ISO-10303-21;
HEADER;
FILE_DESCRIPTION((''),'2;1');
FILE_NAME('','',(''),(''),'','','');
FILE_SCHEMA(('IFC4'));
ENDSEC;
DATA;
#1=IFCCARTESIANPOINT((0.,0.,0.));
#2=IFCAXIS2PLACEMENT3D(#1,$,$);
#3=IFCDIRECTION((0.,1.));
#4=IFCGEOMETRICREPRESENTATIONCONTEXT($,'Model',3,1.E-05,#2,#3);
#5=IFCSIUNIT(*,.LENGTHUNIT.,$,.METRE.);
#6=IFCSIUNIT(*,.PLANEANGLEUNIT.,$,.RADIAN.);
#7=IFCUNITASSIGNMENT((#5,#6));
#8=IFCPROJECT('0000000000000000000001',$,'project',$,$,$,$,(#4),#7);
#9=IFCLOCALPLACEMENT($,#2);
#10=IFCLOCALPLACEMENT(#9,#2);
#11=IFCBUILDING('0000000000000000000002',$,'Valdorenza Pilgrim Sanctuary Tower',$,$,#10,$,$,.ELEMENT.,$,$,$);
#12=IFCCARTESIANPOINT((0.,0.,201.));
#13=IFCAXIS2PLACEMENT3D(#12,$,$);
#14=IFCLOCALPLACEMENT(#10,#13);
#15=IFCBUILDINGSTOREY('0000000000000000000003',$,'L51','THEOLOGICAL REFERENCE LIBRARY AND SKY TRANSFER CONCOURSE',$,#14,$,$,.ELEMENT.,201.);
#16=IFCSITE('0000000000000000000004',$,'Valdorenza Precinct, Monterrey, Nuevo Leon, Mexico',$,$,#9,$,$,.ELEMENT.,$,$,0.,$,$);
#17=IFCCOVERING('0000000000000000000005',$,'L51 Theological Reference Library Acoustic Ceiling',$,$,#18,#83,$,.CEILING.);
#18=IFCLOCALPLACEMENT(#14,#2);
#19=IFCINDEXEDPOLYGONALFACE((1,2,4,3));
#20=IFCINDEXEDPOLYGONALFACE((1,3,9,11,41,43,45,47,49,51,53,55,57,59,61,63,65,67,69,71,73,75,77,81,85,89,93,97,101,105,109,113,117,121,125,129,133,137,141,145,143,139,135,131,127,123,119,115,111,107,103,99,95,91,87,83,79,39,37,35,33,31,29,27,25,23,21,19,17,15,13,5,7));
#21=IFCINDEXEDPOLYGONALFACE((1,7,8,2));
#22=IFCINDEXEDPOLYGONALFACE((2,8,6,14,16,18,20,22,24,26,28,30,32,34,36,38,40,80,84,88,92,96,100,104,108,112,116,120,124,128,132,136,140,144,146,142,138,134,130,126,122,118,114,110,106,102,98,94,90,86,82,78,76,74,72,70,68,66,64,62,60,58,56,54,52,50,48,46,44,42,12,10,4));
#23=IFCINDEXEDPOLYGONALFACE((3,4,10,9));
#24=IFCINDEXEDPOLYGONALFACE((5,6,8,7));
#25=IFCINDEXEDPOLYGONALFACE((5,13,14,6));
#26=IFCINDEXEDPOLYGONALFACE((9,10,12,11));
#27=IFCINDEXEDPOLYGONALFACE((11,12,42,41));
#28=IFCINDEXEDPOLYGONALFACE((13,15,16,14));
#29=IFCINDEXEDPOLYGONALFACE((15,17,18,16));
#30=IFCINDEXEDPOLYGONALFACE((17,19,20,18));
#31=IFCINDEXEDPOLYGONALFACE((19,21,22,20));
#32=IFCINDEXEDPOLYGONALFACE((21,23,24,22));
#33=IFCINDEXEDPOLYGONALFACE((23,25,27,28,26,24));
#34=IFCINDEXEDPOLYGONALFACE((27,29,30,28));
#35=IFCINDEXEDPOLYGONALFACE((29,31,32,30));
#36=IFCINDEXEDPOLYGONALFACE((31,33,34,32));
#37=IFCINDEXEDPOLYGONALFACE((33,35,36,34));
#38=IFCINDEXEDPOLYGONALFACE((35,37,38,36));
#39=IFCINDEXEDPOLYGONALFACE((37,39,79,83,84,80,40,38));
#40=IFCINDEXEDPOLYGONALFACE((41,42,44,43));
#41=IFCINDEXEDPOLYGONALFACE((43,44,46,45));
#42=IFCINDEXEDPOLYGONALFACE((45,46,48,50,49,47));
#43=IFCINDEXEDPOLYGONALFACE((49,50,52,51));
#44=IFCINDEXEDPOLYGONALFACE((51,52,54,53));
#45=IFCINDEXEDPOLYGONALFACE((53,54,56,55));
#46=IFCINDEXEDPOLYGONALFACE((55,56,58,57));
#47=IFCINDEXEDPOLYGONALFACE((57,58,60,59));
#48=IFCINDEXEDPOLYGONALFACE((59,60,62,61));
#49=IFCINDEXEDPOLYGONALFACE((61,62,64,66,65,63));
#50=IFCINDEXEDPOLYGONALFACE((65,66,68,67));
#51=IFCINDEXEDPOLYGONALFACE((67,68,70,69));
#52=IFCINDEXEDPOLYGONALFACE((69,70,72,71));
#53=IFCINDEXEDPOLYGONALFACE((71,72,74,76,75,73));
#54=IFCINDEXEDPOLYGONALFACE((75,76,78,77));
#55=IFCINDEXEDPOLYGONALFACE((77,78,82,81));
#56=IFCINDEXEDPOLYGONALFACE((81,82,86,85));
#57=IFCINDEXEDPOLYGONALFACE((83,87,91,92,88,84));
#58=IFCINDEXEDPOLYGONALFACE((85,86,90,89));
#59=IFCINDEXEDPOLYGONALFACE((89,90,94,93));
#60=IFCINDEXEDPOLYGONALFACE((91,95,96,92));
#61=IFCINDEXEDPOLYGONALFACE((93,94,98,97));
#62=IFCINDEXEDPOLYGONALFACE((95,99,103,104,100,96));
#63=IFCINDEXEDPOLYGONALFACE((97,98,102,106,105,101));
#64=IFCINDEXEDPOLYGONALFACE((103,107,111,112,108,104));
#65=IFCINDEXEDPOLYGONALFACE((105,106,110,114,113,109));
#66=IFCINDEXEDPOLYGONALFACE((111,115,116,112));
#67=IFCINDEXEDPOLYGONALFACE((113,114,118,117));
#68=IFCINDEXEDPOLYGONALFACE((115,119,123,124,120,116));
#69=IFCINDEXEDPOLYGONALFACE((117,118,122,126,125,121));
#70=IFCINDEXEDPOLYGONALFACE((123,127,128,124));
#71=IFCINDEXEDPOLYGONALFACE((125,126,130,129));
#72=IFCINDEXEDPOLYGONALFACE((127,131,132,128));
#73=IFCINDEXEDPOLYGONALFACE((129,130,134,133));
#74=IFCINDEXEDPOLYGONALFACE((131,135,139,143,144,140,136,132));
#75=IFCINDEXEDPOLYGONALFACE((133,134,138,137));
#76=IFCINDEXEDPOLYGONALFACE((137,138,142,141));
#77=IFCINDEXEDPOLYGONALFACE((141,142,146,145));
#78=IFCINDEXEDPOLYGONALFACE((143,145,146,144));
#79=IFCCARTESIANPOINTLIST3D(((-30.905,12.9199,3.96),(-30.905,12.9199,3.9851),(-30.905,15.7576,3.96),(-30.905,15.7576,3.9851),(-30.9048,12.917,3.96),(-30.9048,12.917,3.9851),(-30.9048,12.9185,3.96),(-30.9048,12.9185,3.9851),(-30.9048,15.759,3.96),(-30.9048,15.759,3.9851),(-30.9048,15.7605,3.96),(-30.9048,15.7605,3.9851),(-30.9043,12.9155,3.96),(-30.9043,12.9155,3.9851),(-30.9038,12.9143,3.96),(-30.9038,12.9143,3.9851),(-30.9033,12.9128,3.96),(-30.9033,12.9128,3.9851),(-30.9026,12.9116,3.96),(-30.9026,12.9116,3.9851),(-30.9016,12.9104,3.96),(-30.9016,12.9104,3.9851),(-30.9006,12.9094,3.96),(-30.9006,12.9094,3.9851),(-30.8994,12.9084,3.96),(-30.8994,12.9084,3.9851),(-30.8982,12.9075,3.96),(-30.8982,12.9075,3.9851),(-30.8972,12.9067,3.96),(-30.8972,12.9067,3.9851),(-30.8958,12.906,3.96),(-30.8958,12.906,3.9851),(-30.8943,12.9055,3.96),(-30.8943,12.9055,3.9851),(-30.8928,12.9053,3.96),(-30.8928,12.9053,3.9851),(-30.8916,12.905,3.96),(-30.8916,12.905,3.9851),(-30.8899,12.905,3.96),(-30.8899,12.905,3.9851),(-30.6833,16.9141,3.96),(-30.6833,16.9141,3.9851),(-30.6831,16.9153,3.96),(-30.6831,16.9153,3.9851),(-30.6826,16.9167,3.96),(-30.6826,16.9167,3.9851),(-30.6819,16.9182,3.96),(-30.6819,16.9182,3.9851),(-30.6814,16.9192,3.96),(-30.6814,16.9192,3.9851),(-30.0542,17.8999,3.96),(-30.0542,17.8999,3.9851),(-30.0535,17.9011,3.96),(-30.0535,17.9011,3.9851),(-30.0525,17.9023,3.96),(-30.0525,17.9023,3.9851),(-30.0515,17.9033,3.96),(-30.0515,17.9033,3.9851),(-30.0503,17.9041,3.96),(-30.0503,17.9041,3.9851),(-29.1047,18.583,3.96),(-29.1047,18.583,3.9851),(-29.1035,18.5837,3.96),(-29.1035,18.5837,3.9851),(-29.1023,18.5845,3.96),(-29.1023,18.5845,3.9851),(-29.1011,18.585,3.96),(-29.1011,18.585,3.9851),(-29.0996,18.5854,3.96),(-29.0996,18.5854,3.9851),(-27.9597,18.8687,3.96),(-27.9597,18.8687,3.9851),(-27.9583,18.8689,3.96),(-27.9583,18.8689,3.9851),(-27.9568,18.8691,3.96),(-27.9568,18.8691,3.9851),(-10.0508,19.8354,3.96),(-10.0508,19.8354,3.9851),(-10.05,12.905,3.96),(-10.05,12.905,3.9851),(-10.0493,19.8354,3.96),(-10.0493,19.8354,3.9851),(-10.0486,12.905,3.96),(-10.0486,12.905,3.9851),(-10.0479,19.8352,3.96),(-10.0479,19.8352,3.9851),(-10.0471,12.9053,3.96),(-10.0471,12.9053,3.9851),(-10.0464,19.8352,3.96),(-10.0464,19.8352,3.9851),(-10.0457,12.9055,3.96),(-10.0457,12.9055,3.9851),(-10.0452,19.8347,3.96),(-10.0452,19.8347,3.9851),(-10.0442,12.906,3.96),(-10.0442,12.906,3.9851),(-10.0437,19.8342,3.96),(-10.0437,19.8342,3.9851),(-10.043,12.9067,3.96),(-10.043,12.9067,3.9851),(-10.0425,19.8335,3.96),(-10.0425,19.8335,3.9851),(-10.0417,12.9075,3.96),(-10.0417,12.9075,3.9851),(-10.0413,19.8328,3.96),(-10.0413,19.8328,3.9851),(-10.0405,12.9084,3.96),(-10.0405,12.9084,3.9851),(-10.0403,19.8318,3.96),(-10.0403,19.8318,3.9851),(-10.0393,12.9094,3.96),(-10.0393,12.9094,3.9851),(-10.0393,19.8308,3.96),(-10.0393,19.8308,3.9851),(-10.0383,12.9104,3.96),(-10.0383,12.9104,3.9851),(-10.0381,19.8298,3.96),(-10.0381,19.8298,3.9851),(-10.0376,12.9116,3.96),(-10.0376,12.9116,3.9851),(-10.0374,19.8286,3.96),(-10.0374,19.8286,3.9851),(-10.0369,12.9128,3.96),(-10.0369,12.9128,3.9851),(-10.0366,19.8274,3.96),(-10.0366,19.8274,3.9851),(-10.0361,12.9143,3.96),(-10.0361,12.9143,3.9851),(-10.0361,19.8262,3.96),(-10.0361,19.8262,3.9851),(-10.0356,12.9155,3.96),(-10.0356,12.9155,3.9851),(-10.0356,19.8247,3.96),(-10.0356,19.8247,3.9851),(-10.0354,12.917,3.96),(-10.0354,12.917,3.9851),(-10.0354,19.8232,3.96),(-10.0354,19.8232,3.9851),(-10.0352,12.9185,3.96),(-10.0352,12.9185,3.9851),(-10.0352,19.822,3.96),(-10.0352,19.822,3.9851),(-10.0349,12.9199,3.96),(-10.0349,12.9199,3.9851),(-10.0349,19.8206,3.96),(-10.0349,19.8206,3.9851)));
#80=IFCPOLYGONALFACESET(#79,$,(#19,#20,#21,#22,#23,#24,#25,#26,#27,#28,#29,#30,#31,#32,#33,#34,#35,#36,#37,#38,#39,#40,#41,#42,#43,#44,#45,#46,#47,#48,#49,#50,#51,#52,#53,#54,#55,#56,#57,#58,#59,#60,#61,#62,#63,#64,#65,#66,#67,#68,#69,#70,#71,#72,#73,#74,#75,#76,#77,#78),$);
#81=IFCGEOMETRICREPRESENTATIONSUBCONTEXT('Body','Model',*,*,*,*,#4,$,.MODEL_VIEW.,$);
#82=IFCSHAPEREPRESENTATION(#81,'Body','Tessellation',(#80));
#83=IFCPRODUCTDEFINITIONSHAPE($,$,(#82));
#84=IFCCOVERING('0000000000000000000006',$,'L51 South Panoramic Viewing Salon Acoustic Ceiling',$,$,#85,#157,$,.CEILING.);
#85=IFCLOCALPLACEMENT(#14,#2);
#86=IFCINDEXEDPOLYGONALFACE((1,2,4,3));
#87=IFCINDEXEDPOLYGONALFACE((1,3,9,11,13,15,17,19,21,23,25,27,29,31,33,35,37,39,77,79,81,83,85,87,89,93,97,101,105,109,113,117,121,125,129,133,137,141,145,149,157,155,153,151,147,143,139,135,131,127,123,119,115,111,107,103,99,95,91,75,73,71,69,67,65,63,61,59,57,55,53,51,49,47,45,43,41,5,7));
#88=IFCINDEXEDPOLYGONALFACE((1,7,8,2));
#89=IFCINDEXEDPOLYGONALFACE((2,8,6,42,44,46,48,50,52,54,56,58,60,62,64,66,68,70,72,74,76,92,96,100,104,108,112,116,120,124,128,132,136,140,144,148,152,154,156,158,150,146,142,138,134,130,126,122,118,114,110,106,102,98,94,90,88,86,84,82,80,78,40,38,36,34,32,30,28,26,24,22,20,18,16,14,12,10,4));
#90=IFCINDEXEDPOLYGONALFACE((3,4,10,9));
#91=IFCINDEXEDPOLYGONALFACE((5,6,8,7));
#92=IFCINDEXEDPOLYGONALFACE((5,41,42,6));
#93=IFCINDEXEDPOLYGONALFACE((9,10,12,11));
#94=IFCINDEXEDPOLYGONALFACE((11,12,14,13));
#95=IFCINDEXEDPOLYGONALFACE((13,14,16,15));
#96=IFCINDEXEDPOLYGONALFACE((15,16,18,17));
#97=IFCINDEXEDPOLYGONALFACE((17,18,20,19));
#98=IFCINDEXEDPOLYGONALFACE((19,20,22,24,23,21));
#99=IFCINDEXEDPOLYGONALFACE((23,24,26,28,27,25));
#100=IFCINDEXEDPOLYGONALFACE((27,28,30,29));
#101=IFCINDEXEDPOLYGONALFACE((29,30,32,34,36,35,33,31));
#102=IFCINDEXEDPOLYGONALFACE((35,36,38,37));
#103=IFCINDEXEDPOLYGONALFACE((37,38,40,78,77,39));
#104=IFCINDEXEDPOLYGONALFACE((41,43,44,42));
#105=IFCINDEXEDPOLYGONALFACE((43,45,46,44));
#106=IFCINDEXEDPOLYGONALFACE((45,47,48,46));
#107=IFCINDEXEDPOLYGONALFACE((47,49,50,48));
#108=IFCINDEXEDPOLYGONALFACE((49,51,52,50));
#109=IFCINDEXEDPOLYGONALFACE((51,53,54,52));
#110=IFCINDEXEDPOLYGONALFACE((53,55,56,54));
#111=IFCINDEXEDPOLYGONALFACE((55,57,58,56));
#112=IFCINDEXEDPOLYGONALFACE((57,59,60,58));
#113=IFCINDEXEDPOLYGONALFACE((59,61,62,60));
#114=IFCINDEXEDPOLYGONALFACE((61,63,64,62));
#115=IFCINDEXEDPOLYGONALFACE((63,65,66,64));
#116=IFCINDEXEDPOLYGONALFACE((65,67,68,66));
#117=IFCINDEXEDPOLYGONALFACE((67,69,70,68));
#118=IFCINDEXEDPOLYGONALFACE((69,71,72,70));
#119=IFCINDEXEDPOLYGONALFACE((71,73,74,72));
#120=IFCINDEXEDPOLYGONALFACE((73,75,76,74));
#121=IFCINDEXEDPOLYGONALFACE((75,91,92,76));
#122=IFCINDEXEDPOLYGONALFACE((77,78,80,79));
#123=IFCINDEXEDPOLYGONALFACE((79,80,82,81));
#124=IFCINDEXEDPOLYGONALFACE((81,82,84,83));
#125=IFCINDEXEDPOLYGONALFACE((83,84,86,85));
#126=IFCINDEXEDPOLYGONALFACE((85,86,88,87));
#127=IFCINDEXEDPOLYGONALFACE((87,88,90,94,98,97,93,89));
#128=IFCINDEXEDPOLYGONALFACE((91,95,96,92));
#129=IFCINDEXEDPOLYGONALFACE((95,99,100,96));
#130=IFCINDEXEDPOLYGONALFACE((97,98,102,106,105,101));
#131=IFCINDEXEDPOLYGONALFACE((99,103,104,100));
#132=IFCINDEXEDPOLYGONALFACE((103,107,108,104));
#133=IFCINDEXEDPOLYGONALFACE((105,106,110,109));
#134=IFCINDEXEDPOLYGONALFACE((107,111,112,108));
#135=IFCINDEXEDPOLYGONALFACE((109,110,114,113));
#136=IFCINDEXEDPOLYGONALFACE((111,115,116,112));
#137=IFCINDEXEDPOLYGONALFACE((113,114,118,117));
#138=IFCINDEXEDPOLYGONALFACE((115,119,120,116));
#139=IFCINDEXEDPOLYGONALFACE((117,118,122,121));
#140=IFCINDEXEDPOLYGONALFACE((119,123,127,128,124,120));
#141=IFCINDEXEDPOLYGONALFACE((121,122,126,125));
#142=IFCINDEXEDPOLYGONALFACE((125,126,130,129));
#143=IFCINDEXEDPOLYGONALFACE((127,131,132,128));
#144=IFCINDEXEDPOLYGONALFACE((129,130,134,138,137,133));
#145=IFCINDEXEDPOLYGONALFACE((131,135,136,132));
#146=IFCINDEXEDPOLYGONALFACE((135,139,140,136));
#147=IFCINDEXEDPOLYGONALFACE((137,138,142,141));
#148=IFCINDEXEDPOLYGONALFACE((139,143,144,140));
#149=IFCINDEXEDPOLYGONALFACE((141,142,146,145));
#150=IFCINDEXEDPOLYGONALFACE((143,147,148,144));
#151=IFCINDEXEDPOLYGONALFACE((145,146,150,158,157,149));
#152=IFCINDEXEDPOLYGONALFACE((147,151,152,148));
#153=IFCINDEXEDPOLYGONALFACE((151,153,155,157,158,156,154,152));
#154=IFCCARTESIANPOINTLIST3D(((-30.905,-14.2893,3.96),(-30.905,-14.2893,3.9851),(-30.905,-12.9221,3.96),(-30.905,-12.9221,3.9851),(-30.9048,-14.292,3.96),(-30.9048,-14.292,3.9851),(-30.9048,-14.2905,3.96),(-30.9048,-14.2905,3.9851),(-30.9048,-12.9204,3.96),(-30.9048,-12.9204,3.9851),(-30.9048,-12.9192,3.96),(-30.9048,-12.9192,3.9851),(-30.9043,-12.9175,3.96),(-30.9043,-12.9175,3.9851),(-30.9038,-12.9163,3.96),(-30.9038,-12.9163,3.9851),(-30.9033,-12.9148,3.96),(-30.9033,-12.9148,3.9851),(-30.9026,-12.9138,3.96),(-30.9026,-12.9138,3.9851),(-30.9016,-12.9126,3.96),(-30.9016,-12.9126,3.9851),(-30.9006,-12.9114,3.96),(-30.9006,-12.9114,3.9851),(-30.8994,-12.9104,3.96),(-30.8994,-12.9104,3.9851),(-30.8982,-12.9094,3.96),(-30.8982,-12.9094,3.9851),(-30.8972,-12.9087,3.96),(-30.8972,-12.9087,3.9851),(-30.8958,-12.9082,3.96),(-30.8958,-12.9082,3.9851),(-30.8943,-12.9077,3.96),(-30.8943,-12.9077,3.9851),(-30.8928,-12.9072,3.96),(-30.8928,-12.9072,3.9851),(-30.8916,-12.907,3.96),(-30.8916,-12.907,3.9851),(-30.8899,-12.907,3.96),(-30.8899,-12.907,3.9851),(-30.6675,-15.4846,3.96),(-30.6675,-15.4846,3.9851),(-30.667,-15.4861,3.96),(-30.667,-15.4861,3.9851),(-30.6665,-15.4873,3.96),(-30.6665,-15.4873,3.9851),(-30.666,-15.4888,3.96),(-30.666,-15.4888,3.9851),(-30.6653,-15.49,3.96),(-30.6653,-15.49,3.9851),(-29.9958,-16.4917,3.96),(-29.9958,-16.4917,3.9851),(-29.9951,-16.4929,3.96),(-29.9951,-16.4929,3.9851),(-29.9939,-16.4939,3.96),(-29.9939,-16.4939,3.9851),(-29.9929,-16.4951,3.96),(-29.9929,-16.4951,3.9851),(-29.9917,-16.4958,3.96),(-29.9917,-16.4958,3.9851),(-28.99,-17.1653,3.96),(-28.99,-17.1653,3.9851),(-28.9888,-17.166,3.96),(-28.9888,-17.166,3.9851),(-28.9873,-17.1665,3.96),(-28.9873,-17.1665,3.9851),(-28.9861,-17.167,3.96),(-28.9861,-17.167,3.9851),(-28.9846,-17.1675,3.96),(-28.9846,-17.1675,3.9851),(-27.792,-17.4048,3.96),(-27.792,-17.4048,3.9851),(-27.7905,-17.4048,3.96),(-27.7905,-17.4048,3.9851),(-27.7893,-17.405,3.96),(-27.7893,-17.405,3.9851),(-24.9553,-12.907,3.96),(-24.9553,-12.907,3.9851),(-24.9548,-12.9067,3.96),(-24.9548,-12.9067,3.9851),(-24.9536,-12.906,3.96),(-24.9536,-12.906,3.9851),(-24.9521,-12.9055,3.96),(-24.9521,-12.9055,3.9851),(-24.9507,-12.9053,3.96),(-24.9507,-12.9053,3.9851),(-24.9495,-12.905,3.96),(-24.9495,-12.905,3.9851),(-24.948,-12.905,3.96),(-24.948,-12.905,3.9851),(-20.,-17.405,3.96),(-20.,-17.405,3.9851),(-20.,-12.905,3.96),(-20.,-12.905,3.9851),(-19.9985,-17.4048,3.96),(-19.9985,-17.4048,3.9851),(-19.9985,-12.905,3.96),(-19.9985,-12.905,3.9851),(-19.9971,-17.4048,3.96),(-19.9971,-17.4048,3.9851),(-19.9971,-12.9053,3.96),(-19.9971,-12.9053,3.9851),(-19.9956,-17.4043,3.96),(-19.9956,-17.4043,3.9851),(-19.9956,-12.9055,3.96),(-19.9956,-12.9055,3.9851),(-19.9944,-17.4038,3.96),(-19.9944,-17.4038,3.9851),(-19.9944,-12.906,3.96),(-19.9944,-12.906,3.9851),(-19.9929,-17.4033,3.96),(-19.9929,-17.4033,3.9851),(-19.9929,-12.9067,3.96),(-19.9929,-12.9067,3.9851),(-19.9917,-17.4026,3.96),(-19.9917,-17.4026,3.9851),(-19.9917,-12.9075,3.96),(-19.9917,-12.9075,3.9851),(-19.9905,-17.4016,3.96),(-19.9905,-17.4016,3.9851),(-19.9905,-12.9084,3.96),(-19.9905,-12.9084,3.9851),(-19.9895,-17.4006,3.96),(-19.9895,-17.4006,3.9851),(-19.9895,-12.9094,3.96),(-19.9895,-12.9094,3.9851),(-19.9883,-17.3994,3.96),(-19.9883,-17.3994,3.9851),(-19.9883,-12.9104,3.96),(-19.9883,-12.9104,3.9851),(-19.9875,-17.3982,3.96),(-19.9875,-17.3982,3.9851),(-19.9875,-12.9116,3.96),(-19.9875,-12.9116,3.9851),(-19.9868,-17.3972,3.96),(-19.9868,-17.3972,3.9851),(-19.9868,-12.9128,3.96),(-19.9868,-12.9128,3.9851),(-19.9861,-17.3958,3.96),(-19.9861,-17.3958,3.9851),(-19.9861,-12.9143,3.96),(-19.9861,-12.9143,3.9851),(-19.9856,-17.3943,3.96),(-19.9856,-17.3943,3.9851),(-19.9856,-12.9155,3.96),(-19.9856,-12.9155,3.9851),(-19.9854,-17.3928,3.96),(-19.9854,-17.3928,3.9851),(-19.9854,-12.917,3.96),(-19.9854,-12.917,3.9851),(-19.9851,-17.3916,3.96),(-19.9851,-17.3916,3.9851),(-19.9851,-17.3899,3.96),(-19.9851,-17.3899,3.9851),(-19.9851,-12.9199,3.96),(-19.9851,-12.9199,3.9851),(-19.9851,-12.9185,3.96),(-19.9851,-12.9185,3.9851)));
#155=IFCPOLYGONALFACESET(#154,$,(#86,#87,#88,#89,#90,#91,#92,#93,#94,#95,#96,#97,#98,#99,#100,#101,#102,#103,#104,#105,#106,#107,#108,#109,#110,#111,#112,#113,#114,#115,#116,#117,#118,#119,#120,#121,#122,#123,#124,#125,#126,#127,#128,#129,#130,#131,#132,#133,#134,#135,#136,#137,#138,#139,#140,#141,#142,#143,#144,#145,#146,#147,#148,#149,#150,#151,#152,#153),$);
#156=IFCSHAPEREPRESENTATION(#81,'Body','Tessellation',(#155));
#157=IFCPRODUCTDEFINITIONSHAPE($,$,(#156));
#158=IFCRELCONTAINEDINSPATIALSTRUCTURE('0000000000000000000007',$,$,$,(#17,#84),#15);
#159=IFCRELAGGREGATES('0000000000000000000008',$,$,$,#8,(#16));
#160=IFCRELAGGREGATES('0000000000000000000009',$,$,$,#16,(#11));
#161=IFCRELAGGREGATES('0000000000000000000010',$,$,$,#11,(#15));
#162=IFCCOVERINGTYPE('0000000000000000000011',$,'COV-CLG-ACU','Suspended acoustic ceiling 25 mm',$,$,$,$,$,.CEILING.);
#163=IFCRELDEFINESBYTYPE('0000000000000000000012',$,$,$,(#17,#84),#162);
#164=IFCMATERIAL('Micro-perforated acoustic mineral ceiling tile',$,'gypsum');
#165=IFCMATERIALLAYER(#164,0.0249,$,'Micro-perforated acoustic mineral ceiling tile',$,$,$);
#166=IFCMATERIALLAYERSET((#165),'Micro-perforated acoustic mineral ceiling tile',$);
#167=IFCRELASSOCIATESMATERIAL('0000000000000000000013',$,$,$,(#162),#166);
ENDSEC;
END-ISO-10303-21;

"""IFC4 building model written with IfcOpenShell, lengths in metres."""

from ifc_helpers import new_model, si_unit, direction, frame, origin, place, context, subcontext, project, spatial, polyline, outline, extrude, material, layer, layer_set, type_object, element, save


model = new_model("IFC4")

# Units and contexts
model_context = context("Model", 3, precision=1e-05, world=origin(), true_north=direction((0.0, 1.0)))
body_context = subcontext(model_context, "Body", "Model", "MODEL_VIEW")
ifc_project = project(units=[si_unit("LENGTHUNIT", "METRE"), si_unit("PLANEANGLEUNIT", "RADIAN")], contexts=[model_context])

# Site, building, storey
site_placement = place(None, origin())
site = spatial("IfcSite", under=ifc_project, at=site_placement, Name="Valdorenza Precinct, Monterrey, Nuevo Leon, Mexico", CompositionType="ELEMENT", RefElevation=0.0)
building_placement = place(site_placement, origin())
building = spatial("IfcBuilding", under=site, at=building_placement, Name="Valdorenza Pilgrim Sanctuary Tower", CompositionType="ELEMENT")
storey_placement = place(building_placement, frame((0.0, 0.0, 201.0)))
storey = spatial("IfcBuildingStorey", under=building, at=storey_placement, Name="L51", Description="THEOLOGICAL REFERENCE LIBRARY AND SKY TRANSFER CONCOURSE", CompositionType="ELEMENT", Elevation=201.0)

# Coverings
ifc_material_1 = material(Name="Micro-perforated acoustic mineral ceiling tile", Category="gypsum")
ifc_layer_1 = layer(ifc_material_1, 0.0249, Name="Micro-perforated acoustic mineral ceiling tile")
ifc_layer_set_1 = layer_set([ifc_layer_1], Name="Micro-perforated acoustic mineral ceiling tile")
covering_type_1 = type_object("IfcCoveringType", Name="COV-CLG-ACU", Description="Suspended acoustic ceiling 25 mm", PredefinedType="CEILING", material=ifc_layer_set_1)
covering_1_placement = place(storey_placement, frame((0.0, 0.0, 3.96)))
element("IfcCovering", 1, at=covering_1_placement, inside=storey, type_object=covering_type_1, Name="L51 Theological Reference Library Acoustic Ceiling", PredefinedType="CEILING", context=body_context, shape_type="SweptSolid", body=[
    extrude(outline(polyline([(-30.8899, 12.905), (-30.8916, 12.905), (-30.8928, 12.9053), (-30.8943, 12.9055), (-30.8958, 12.906), (-30.8972, 12.9067), (-30.8982, 12.9075), (-30.8994, 12.9084), (-30.9006, 12.9094), (-30.9016, 12.9104), (-30.9026, 12.9116), (-30.9033, 12.9128), (-30.9038, 12.9143), (-30.9043, 12.9155), (-30.9048, 12.917), (-30.9048, 12.9185), (-30.905, 12.9199), (-30.905, 15.7576), (-30.9048, 15.759), (-30.9048, 15.7605), (-30.6833, 16.9141), (-30.6831, 16.9153), (-30.6826, 16.9167), (-30.6819, 16.9182), (-30.6814, 16.9192), (-30.0542, 17.8999), (-30.0535, 17.9011), (-30.0525, 17.9023), (-30.0515, 17.9033), (-30.0503, 17.9041), (-29.1047, 18.583), (-29.1035, 18.5837), (-29.1023, 18.5845), (-29.1011, 18.585), (-29.0996, 18.5854), (-27.9597, 18.8687), (-27.9583, 18.8689), (-27.9568, 18.8691), (-10.0508, 19.8354), (-10.0493, 19.8354), (-10.0479, 19.8352), (-10.0464, 19.8352), (-10.0452, 19.8347), (-10.0437, 19.8342), (-10.0425, 19.8335), (-10.0413, 19.8328), (-10.0403, 19.8318), (-10.0393, 19.8308), (-10.0381, 19.8298), (-10.0374, 19.8286), (-10.0366, 19.8274), (-10.0361, 19.8262), (-10.0356, 19.8247), (-10.0354, 19.8232), (-10.0352, 19.822), (-10.0349, 19.8206), (-10.0349, 12.9199), (-10.0352, 12.9185), (-10.0354, 12.917), (-10.0356, 12.9155), (-10.0361, 12.9143), (-10.0369, 12.9128), (-10.0376, 12.9116), (-10.0383, 12.9104), (-10.0393, 12.9094), (-10.0405, 12.9084), (-10.0417, 12.9075), (-10.043, 12.9067), (-10.0442, 12.906), (-10.0457, 12.9055), (-10.0471, 12.9053), (-10.0486, 12.905), (-10.05, 12.905), (-30.8899, 12.905)])), origin(), (0.0, 0.0, 1.0), 0.0251),
])
covering_2_placement = place(storey_placement, frame((0.0, 0.0, 3.96)))
element("IfcCovering", 2, at=covering_2_placement, inside=storey, type_object=covering_type_1, Name="L51 South Panoramic Viewing Salon Acoustic Ceiling", PredefinedType="CEILING", context=body_context, shape_type="SweptSolid", body=[
    extrude(outline(polyline([(-24.9553, -12.907), (-24.9548, -12.9067), (-24.9536, -12.906), (-24.9521, -12.9055), (-24.9507, -12.9053), (-24.9495, -12.905), (-24.948, -12.905), (-20.0, -12.905), (-19.9985, -12.905), (-19.9971, -12.9053), (-19.9956, -12.9055), (-19.9944, -12.906), (-19.9929, -12.9067), (-19.9917, -12.9075), (-19.9905, -12.9084), (-19.9895, -12.9094), (-19.9883, -12.9104), (-19.9875, -12.9116), (-19.9868, -12.9128), (-19.9861, -12.9143), (-19.9856, -12.9155), (-19.9854, -12.917), (-19.9851, -12.9185), (-19.9851, -12.9199), (-19.9851, -17.3899), (-19.9851, -17.3916), (-19.9854, -17.3928), (-19.9856, -17.3943), (-19.9861, -17.3958), (-19.9868, -17.3972), (-19.9875, -17.3982), (-19.9883, -17.3994), (-19.9895, -17.4006), (-19.9905, -17.4016), (-19.9917, -17.4026), (-19.9929, -17.4033), (-19.9944, -17.4038), (-19.9956, -17.4043), (-19.9971, -17.4048), (-19.9985, -17.4048), (-20.0, -17.405), (-27.7893, -17.405), (-27.7905, -17.4048), (-27.792, -17.4048), (-28.9846, -17.1675), (-28.9861, -17.167), (-28.9873, -17.1665), (-28.9888, -17.166), (-28.99, -17.1653), (-29.9917, -16.4958), (-29.9929, -16.4951), (-29.9939, -16.4939), (-29.9951, -16.4929), (-29.9958, -16.4917), (-30.6653, -15.49), (-30.666, -15.4888), (-30.6665, -15.4873), (-30.667, -15.4861), (-30.6675, -15.4846), (-30.9048, -14.292), (-30.9048, -14.2905), (-30.905, -14.2893), (-30.905, -12.9221), (-30.9048, -12.9204), (-30.9048, -12.9192), (-30.9043, -12.9175), (-30.9038, -12.9163), (-30.9033, -12.9148), (-30.9026, -12.9138), (-30.9016, -12.9126), (-30.9006, -12.9114), (-30.8994, -12.9104), (-30.8982, -12.9094), (-30.8972, -12.9087), (-30.8958, -12.9082), (-30.8943, -12.9077), (-30.8928, -12.9072), (-30.8916, -12.907), (-30.8899, -12.907), (-24.9553, -12.907)])), origin(), (0.0, 0.0, 1.0), 0.0251),
])

save(model, "model.ifc")
